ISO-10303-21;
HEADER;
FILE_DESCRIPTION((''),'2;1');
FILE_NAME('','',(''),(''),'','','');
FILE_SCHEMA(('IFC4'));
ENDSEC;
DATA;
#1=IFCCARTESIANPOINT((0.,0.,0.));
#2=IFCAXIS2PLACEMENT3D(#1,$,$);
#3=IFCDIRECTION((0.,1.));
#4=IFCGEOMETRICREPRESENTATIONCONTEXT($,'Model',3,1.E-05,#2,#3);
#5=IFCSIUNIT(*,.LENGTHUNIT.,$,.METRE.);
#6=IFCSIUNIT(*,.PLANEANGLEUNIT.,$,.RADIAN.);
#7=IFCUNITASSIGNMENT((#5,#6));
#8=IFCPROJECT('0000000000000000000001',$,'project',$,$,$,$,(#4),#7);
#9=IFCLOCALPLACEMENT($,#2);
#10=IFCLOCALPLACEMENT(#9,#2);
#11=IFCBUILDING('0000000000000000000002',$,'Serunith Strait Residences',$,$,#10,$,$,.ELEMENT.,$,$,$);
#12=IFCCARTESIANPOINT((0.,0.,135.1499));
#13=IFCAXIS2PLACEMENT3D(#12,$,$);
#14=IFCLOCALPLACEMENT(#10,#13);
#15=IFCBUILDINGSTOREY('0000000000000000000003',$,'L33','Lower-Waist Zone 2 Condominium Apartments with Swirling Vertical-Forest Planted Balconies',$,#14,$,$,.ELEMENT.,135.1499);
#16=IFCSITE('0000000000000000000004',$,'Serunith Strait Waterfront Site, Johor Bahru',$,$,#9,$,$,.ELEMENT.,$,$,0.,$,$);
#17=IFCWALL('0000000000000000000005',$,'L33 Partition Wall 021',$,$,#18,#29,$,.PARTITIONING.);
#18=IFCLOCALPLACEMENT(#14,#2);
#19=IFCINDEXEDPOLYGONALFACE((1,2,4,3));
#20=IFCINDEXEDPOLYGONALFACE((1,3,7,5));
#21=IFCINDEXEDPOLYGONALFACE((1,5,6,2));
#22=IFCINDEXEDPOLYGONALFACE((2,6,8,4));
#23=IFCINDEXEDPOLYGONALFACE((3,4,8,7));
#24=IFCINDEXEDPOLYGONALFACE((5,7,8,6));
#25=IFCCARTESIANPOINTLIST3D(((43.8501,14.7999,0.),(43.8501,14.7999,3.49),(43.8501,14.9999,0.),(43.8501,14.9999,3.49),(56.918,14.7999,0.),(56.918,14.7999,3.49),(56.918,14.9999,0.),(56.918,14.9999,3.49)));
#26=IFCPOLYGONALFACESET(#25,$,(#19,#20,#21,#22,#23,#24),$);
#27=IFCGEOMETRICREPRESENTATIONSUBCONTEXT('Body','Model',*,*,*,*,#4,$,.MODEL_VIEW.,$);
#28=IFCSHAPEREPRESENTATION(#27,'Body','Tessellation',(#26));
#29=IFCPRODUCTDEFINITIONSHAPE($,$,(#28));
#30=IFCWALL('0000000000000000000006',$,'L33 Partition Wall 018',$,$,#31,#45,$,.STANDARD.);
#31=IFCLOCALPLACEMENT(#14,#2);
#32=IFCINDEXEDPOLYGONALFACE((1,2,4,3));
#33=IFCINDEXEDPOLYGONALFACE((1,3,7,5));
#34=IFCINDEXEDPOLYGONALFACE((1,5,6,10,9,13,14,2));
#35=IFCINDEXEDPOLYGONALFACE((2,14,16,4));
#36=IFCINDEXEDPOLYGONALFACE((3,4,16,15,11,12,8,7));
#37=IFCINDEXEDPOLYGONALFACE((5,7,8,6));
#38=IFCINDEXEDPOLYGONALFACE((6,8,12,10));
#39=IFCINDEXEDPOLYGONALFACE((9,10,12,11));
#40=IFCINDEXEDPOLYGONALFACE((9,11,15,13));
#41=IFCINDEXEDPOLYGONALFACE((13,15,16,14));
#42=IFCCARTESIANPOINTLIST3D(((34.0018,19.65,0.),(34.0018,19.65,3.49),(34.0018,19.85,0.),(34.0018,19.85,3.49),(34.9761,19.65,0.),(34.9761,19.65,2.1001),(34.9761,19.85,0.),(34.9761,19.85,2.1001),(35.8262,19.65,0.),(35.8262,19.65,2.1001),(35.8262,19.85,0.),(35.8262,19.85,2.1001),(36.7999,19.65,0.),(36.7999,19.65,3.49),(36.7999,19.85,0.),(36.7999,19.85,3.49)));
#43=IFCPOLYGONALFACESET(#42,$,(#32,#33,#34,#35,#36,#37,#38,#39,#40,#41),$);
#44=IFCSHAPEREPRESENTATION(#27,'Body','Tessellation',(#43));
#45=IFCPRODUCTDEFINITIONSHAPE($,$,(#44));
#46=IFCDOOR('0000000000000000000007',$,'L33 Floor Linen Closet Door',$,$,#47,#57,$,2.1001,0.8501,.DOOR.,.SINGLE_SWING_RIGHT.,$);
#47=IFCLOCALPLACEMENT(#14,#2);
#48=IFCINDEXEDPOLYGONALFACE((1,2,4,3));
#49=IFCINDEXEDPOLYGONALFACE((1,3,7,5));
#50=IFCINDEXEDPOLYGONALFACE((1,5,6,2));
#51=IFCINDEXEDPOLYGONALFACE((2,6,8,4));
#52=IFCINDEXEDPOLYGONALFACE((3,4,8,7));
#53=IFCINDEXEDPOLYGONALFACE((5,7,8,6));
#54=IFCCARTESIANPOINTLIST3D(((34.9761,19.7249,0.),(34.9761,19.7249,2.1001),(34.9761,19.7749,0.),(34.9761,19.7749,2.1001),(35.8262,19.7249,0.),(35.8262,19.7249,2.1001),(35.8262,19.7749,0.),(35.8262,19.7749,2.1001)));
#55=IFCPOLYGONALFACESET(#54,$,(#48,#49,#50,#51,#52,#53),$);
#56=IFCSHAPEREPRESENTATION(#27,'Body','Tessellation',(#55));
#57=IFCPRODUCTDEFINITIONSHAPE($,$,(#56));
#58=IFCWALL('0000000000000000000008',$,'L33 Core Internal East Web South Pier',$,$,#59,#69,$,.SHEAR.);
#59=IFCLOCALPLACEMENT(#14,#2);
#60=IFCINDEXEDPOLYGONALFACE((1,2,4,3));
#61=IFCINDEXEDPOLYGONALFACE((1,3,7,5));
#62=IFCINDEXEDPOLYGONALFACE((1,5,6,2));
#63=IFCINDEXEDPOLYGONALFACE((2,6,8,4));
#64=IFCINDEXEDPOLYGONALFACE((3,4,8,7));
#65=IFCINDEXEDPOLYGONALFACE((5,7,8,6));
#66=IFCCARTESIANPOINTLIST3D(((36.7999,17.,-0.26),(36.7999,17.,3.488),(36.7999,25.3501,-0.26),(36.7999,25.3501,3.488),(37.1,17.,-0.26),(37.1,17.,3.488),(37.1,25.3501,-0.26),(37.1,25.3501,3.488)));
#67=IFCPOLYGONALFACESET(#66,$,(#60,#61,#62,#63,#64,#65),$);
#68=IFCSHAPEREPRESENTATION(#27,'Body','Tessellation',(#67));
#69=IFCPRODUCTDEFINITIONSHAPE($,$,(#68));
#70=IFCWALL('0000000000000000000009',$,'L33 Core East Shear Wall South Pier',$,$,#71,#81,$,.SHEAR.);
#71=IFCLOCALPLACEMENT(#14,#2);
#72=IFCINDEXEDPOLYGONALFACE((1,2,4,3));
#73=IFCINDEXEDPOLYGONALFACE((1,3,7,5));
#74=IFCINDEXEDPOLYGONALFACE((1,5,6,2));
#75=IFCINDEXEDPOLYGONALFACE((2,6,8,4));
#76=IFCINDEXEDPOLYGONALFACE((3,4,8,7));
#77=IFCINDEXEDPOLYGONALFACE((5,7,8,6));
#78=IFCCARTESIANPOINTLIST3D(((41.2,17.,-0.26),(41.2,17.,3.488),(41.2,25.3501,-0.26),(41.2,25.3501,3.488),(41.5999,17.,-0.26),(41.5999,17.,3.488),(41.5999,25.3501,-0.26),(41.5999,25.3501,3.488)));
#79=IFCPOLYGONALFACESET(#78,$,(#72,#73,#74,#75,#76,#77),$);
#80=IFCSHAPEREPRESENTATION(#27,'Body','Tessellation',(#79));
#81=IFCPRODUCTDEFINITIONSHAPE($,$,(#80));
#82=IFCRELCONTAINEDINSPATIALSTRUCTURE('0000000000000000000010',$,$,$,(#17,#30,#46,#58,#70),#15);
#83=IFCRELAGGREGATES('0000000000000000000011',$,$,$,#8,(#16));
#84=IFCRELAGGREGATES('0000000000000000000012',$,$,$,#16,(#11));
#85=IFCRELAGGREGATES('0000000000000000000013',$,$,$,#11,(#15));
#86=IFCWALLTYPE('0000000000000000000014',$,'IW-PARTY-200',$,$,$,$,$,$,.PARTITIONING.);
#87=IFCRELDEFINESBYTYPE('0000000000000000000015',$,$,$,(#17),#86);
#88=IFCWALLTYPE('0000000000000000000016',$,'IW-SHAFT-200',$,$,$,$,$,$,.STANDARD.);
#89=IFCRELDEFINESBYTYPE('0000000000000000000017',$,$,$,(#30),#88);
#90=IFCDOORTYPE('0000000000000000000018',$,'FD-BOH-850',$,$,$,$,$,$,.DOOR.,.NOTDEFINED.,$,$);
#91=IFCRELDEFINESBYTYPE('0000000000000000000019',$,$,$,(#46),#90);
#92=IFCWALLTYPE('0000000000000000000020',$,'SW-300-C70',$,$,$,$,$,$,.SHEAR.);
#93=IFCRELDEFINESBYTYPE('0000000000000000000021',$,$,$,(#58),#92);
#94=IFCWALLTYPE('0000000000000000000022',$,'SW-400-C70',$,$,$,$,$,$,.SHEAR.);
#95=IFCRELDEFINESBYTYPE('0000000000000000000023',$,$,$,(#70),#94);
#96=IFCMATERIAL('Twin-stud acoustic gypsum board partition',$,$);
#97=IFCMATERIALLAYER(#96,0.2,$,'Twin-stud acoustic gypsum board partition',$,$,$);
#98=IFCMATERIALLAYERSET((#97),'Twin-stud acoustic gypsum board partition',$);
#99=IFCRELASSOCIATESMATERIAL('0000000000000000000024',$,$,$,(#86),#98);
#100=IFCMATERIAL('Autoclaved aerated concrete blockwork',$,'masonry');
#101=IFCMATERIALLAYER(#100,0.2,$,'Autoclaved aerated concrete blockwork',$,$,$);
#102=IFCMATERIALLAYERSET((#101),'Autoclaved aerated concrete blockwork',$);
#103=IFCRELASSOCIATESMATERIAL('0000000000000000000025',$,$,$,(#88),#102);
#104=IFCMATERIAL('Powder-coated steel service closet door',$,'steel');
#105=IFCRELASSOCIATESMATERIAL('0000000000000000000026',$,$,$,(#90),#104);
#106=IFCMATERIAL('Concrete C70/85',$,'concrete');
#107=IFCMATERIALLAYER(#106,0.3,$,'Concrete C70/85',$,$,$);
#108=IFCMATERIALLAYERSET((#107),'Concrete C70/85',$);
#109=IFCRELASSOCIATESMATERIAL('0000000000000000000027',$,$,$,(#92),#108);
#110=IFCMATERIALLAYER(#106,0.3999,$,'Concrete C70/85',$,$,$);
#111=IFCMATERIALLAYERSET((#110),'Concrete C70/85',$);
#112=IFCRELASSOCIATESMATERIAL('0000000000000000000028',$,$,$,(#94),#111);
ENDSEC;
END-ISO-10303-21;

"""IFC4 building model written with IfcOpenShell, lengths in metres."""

from ifc_helpers import new_model, si_unit, direction, frame, frame_2d, origin, place, context, subcontext, project, spatial, rectangle, extrude, source, transform, mapped, material, layer, layer_set, type_object, element, fill, save


model = new_model("IFC4")

# Units and contexts
model_context = context("Model", 3, precision=1e-05, world=origin(), true_north=direction((0.0, 1.0)))
body_context = subcontext(model_context, "Body", "Model", "MODEL_VIEW")
ifc_project = project(units=[si_unit("LENGTHUNIT", "METRE"), si_unit("PLANEANGLEUNIT", "RADIAN")], contexts=[model_context])

# Site, building, storey
site_placement = place(None, origin())
site = spatial("IfcSite", under=ifc_project, at=site_placement, Name="Serunith Strait Waterfront Site, Johor Bahru", CompositionType="ELEMENT", RefElevation=0.0)
building_placement = place(site_placement, origin())
building = spatial("IfcBuilding", under=site, at=building_placement, Name="Serunith Strait Residences", CompositionType="ELEMENT")
storey_placement = place(building_placement, frame((0.0, 0.0, 135.1499)))
storey = spatial("IfcBuildingStorey", under=building, at=storey_placement, Name="L33", Description="Lower-Waist Zone 2 Condominium Apartments with Swirling Vertical-Forest Planted Balconies", CompositionType="ELEMENT", Elevation=135.1499)

# Wall
ifc_material_1 = material(Name="Twin-stud acoustic gypsum board partition")
ifc_layer_1 = layer(ifc_material_1, 0.2, Name="Twin-stud acoustic gypsum board partition")
ifc_layer_set_1 = layer_set([ifc_layer_1], Name="Twin-stud acoustic gypsum board partition")
wall_type_1 = type_object("IfcWallType", Name="IW-PARTY-200", PredefinedType="PARTITIONING", material=ifc_layer_set_1)
wall_1_placement = place(storey_placement, frame((43.8501, 14.8999, 0.0), z_axis=(0.0, 0.0, 1.0), x_axis=(1.0, 0.0, 0.0)))
element("IfcWall", 1, at=wall_1_placement, inside=storey, type_object=wall_type_1, Name="L33 Partition Wall 021", PredefinedType="PARTITIONING", context=body_context, shape_type="SweptSolid", body=[
    extrude(rectangle(XDim=13.0679, YDim=0.2, at=frame_2d((6.5339, 0.0))), origin(), (0.0, 0.0, 1.0), 3.49),
])

# Wall, opening, door
ifc_material_2 = material(Name="Autoclaved aerated concrete blockwork", Category="masonry")
ifc_layer_2 = layer(ifc_material_2, 0.2, Name="Autoclaved aerated concrete blockwork")
ifc_layer_set_2 = layer_set([ifc_layer_2], Name="Autoclaved aerated concrete blockwork")
wall_type_2 = type_object("IfcWallType", Name="IW-SHAFT-200", PredefinedType="STANDARD", material=ifc_layer_set_2)
wall_2_placement = place(storey_placement, frame((34.002, 19.75, 0.0), z_axis=(0.0, 0.0, 1.0), x_axis=(1.0, 0.0, 0.0)))
wall_2 = element("IfcWall", 2, at=wall_2_placement, inside=storey, type_object=wall_type_2, Name="L33 Partition Wall 018", PredefinedType="STANDARD", context=body_context, shape_type="SweptSolid", body=[
    extrude(rectangle(XDim=2.7981, YDim=0.2, at=frame_2d((1.3989, 0.0))), origin(), (0.0, 0.0, 1.0), 3.49),
])
opening_1_placement = place(wall_2_placement, frame((0.9741, 0.0, 0.0)))
opening_1 = element("IfcOpeningElement", 3, at=opening_1_placement, cuts=wall_2, PredefinedType="OPENING", context=body_context, shape_type="SweptSolid", body=[
    extrude(rectangle(XDim=0.8501, YDim=2.1001, at=frame_2d((0.425, 1.05))), frame((0.0, 0.1099, 0.0), z_axis=(0.0, -1.0, 0.0), x_axis=(1.0, 0.0, 0.0)), (0.0, 0.0, 1.0), 0.22),
])
ifc_material_3 = material(Name="Powder-coated steel service closet door", Category="steel")
door_type_1 = type_object("IfcDoorType", Name="FD-BOH-850", OperationType="NOTDEFINED", PredefinedType="DOOR", material=ifc_material_3)
shared_shape_1 = source(origin(), body_context, "Body", "SweptSolid", [
    extrude(rectangle(XDim=0.8501, YDim=2.1001, at=frame_2d((0.425, 1.05))), frame((0.0, 0.0249, 0.0), z_axis=(0.0, -1.0, 0.0), x_axis=(1.0, 0.0, 0.0)), (0.0, 0.0, 1.0), 0.05),
])
door_1_placement = place(opening_1_placement, origin())
door_1 = element("IfcDoor", 4, at=door_1_placement, inside=storey, type_object=door_type_1, Name="L33 Floor Linen Closet Door", OperationType="SINGLE_SWING_RIGHT", OverallHeight=2.1001, OverallWidth=0.8501, PredefinedType="DOOR", context=body_context, shape_type="MappedRepresentation", body=[
    mapped(shared_shape_1, transform((0.0, 0.0, 0.0), scale=1.0)),
])
fill(opening_1, door_1)

# Walls
ifc_material_4 = material(Name="Concrete C70/85", Category="concrete")
ifc_layer_3 = layer(ifc_material_4, 0.3, Name="Concrete C70/85")
ifc_layer_set_3 = layer_set([ifc_layer_3], Name="Concrete C70/85")
wall_type_3 = type_object("IfcWallType", Name="SW-300-C70", PredefinedType="SHEAR", material=ifc_layer_set_3)
wall_3_placement = place(storey_placement, frame((36.95, 17.0, -0.26), z_axis=(0.0, 0.0, 1.0), x_axis=(0.0, 1.0, 0.0)))
element("IfcWall", 5, at=wall_3_placement, inside=storey, type_object=wall_type_3, Name="L33 Core Internal East Web South Pier", PredefinedType="SHEAR", context=body_context, shape_type="SweptSolid", body=[
    extrude(rectangle(XDim=8.3501, YDim=0.3, at=frame_2d((4.175, 0.0))), origin(), (0.0, 0.0, 1.0), 3.748),
])
ifc_layer_4 = layer(ifc_material_4, 0.3999, Name="Concrete C70/85")
ifc_layer_set_4 = layer_set([ifc_layer_4], Name="Concrete C70/85")
wall_type_4 = type_object("IfcWallType", Name="SW-400-C70", PredefinedType="SHEAR", material=ifc_layer_set_4)
wall_4_placement = place(storey_placement, frame((41.3999, 17.0, -0.26), z_axis=(0.0, 0.0, 1.0), x_axis=(0.0, 1.0, 0.0)))
element("IfcWall", 6, at=wall_4_placement, inside=storey, type_object=wall_type_4, Name="L33 Core East Shear Wall South Pier", PredefinedType="SHEAR", context=body_context, shape_type="SweptSolid", body=[
    extrude(rectangle(XDim=8.3501, YDim=0.3999, at=frame_2d((4.175, 0.0))), origin(), (0.0, 0.0, 1.0), 3.748),
])

save(model, "model.ifc")
